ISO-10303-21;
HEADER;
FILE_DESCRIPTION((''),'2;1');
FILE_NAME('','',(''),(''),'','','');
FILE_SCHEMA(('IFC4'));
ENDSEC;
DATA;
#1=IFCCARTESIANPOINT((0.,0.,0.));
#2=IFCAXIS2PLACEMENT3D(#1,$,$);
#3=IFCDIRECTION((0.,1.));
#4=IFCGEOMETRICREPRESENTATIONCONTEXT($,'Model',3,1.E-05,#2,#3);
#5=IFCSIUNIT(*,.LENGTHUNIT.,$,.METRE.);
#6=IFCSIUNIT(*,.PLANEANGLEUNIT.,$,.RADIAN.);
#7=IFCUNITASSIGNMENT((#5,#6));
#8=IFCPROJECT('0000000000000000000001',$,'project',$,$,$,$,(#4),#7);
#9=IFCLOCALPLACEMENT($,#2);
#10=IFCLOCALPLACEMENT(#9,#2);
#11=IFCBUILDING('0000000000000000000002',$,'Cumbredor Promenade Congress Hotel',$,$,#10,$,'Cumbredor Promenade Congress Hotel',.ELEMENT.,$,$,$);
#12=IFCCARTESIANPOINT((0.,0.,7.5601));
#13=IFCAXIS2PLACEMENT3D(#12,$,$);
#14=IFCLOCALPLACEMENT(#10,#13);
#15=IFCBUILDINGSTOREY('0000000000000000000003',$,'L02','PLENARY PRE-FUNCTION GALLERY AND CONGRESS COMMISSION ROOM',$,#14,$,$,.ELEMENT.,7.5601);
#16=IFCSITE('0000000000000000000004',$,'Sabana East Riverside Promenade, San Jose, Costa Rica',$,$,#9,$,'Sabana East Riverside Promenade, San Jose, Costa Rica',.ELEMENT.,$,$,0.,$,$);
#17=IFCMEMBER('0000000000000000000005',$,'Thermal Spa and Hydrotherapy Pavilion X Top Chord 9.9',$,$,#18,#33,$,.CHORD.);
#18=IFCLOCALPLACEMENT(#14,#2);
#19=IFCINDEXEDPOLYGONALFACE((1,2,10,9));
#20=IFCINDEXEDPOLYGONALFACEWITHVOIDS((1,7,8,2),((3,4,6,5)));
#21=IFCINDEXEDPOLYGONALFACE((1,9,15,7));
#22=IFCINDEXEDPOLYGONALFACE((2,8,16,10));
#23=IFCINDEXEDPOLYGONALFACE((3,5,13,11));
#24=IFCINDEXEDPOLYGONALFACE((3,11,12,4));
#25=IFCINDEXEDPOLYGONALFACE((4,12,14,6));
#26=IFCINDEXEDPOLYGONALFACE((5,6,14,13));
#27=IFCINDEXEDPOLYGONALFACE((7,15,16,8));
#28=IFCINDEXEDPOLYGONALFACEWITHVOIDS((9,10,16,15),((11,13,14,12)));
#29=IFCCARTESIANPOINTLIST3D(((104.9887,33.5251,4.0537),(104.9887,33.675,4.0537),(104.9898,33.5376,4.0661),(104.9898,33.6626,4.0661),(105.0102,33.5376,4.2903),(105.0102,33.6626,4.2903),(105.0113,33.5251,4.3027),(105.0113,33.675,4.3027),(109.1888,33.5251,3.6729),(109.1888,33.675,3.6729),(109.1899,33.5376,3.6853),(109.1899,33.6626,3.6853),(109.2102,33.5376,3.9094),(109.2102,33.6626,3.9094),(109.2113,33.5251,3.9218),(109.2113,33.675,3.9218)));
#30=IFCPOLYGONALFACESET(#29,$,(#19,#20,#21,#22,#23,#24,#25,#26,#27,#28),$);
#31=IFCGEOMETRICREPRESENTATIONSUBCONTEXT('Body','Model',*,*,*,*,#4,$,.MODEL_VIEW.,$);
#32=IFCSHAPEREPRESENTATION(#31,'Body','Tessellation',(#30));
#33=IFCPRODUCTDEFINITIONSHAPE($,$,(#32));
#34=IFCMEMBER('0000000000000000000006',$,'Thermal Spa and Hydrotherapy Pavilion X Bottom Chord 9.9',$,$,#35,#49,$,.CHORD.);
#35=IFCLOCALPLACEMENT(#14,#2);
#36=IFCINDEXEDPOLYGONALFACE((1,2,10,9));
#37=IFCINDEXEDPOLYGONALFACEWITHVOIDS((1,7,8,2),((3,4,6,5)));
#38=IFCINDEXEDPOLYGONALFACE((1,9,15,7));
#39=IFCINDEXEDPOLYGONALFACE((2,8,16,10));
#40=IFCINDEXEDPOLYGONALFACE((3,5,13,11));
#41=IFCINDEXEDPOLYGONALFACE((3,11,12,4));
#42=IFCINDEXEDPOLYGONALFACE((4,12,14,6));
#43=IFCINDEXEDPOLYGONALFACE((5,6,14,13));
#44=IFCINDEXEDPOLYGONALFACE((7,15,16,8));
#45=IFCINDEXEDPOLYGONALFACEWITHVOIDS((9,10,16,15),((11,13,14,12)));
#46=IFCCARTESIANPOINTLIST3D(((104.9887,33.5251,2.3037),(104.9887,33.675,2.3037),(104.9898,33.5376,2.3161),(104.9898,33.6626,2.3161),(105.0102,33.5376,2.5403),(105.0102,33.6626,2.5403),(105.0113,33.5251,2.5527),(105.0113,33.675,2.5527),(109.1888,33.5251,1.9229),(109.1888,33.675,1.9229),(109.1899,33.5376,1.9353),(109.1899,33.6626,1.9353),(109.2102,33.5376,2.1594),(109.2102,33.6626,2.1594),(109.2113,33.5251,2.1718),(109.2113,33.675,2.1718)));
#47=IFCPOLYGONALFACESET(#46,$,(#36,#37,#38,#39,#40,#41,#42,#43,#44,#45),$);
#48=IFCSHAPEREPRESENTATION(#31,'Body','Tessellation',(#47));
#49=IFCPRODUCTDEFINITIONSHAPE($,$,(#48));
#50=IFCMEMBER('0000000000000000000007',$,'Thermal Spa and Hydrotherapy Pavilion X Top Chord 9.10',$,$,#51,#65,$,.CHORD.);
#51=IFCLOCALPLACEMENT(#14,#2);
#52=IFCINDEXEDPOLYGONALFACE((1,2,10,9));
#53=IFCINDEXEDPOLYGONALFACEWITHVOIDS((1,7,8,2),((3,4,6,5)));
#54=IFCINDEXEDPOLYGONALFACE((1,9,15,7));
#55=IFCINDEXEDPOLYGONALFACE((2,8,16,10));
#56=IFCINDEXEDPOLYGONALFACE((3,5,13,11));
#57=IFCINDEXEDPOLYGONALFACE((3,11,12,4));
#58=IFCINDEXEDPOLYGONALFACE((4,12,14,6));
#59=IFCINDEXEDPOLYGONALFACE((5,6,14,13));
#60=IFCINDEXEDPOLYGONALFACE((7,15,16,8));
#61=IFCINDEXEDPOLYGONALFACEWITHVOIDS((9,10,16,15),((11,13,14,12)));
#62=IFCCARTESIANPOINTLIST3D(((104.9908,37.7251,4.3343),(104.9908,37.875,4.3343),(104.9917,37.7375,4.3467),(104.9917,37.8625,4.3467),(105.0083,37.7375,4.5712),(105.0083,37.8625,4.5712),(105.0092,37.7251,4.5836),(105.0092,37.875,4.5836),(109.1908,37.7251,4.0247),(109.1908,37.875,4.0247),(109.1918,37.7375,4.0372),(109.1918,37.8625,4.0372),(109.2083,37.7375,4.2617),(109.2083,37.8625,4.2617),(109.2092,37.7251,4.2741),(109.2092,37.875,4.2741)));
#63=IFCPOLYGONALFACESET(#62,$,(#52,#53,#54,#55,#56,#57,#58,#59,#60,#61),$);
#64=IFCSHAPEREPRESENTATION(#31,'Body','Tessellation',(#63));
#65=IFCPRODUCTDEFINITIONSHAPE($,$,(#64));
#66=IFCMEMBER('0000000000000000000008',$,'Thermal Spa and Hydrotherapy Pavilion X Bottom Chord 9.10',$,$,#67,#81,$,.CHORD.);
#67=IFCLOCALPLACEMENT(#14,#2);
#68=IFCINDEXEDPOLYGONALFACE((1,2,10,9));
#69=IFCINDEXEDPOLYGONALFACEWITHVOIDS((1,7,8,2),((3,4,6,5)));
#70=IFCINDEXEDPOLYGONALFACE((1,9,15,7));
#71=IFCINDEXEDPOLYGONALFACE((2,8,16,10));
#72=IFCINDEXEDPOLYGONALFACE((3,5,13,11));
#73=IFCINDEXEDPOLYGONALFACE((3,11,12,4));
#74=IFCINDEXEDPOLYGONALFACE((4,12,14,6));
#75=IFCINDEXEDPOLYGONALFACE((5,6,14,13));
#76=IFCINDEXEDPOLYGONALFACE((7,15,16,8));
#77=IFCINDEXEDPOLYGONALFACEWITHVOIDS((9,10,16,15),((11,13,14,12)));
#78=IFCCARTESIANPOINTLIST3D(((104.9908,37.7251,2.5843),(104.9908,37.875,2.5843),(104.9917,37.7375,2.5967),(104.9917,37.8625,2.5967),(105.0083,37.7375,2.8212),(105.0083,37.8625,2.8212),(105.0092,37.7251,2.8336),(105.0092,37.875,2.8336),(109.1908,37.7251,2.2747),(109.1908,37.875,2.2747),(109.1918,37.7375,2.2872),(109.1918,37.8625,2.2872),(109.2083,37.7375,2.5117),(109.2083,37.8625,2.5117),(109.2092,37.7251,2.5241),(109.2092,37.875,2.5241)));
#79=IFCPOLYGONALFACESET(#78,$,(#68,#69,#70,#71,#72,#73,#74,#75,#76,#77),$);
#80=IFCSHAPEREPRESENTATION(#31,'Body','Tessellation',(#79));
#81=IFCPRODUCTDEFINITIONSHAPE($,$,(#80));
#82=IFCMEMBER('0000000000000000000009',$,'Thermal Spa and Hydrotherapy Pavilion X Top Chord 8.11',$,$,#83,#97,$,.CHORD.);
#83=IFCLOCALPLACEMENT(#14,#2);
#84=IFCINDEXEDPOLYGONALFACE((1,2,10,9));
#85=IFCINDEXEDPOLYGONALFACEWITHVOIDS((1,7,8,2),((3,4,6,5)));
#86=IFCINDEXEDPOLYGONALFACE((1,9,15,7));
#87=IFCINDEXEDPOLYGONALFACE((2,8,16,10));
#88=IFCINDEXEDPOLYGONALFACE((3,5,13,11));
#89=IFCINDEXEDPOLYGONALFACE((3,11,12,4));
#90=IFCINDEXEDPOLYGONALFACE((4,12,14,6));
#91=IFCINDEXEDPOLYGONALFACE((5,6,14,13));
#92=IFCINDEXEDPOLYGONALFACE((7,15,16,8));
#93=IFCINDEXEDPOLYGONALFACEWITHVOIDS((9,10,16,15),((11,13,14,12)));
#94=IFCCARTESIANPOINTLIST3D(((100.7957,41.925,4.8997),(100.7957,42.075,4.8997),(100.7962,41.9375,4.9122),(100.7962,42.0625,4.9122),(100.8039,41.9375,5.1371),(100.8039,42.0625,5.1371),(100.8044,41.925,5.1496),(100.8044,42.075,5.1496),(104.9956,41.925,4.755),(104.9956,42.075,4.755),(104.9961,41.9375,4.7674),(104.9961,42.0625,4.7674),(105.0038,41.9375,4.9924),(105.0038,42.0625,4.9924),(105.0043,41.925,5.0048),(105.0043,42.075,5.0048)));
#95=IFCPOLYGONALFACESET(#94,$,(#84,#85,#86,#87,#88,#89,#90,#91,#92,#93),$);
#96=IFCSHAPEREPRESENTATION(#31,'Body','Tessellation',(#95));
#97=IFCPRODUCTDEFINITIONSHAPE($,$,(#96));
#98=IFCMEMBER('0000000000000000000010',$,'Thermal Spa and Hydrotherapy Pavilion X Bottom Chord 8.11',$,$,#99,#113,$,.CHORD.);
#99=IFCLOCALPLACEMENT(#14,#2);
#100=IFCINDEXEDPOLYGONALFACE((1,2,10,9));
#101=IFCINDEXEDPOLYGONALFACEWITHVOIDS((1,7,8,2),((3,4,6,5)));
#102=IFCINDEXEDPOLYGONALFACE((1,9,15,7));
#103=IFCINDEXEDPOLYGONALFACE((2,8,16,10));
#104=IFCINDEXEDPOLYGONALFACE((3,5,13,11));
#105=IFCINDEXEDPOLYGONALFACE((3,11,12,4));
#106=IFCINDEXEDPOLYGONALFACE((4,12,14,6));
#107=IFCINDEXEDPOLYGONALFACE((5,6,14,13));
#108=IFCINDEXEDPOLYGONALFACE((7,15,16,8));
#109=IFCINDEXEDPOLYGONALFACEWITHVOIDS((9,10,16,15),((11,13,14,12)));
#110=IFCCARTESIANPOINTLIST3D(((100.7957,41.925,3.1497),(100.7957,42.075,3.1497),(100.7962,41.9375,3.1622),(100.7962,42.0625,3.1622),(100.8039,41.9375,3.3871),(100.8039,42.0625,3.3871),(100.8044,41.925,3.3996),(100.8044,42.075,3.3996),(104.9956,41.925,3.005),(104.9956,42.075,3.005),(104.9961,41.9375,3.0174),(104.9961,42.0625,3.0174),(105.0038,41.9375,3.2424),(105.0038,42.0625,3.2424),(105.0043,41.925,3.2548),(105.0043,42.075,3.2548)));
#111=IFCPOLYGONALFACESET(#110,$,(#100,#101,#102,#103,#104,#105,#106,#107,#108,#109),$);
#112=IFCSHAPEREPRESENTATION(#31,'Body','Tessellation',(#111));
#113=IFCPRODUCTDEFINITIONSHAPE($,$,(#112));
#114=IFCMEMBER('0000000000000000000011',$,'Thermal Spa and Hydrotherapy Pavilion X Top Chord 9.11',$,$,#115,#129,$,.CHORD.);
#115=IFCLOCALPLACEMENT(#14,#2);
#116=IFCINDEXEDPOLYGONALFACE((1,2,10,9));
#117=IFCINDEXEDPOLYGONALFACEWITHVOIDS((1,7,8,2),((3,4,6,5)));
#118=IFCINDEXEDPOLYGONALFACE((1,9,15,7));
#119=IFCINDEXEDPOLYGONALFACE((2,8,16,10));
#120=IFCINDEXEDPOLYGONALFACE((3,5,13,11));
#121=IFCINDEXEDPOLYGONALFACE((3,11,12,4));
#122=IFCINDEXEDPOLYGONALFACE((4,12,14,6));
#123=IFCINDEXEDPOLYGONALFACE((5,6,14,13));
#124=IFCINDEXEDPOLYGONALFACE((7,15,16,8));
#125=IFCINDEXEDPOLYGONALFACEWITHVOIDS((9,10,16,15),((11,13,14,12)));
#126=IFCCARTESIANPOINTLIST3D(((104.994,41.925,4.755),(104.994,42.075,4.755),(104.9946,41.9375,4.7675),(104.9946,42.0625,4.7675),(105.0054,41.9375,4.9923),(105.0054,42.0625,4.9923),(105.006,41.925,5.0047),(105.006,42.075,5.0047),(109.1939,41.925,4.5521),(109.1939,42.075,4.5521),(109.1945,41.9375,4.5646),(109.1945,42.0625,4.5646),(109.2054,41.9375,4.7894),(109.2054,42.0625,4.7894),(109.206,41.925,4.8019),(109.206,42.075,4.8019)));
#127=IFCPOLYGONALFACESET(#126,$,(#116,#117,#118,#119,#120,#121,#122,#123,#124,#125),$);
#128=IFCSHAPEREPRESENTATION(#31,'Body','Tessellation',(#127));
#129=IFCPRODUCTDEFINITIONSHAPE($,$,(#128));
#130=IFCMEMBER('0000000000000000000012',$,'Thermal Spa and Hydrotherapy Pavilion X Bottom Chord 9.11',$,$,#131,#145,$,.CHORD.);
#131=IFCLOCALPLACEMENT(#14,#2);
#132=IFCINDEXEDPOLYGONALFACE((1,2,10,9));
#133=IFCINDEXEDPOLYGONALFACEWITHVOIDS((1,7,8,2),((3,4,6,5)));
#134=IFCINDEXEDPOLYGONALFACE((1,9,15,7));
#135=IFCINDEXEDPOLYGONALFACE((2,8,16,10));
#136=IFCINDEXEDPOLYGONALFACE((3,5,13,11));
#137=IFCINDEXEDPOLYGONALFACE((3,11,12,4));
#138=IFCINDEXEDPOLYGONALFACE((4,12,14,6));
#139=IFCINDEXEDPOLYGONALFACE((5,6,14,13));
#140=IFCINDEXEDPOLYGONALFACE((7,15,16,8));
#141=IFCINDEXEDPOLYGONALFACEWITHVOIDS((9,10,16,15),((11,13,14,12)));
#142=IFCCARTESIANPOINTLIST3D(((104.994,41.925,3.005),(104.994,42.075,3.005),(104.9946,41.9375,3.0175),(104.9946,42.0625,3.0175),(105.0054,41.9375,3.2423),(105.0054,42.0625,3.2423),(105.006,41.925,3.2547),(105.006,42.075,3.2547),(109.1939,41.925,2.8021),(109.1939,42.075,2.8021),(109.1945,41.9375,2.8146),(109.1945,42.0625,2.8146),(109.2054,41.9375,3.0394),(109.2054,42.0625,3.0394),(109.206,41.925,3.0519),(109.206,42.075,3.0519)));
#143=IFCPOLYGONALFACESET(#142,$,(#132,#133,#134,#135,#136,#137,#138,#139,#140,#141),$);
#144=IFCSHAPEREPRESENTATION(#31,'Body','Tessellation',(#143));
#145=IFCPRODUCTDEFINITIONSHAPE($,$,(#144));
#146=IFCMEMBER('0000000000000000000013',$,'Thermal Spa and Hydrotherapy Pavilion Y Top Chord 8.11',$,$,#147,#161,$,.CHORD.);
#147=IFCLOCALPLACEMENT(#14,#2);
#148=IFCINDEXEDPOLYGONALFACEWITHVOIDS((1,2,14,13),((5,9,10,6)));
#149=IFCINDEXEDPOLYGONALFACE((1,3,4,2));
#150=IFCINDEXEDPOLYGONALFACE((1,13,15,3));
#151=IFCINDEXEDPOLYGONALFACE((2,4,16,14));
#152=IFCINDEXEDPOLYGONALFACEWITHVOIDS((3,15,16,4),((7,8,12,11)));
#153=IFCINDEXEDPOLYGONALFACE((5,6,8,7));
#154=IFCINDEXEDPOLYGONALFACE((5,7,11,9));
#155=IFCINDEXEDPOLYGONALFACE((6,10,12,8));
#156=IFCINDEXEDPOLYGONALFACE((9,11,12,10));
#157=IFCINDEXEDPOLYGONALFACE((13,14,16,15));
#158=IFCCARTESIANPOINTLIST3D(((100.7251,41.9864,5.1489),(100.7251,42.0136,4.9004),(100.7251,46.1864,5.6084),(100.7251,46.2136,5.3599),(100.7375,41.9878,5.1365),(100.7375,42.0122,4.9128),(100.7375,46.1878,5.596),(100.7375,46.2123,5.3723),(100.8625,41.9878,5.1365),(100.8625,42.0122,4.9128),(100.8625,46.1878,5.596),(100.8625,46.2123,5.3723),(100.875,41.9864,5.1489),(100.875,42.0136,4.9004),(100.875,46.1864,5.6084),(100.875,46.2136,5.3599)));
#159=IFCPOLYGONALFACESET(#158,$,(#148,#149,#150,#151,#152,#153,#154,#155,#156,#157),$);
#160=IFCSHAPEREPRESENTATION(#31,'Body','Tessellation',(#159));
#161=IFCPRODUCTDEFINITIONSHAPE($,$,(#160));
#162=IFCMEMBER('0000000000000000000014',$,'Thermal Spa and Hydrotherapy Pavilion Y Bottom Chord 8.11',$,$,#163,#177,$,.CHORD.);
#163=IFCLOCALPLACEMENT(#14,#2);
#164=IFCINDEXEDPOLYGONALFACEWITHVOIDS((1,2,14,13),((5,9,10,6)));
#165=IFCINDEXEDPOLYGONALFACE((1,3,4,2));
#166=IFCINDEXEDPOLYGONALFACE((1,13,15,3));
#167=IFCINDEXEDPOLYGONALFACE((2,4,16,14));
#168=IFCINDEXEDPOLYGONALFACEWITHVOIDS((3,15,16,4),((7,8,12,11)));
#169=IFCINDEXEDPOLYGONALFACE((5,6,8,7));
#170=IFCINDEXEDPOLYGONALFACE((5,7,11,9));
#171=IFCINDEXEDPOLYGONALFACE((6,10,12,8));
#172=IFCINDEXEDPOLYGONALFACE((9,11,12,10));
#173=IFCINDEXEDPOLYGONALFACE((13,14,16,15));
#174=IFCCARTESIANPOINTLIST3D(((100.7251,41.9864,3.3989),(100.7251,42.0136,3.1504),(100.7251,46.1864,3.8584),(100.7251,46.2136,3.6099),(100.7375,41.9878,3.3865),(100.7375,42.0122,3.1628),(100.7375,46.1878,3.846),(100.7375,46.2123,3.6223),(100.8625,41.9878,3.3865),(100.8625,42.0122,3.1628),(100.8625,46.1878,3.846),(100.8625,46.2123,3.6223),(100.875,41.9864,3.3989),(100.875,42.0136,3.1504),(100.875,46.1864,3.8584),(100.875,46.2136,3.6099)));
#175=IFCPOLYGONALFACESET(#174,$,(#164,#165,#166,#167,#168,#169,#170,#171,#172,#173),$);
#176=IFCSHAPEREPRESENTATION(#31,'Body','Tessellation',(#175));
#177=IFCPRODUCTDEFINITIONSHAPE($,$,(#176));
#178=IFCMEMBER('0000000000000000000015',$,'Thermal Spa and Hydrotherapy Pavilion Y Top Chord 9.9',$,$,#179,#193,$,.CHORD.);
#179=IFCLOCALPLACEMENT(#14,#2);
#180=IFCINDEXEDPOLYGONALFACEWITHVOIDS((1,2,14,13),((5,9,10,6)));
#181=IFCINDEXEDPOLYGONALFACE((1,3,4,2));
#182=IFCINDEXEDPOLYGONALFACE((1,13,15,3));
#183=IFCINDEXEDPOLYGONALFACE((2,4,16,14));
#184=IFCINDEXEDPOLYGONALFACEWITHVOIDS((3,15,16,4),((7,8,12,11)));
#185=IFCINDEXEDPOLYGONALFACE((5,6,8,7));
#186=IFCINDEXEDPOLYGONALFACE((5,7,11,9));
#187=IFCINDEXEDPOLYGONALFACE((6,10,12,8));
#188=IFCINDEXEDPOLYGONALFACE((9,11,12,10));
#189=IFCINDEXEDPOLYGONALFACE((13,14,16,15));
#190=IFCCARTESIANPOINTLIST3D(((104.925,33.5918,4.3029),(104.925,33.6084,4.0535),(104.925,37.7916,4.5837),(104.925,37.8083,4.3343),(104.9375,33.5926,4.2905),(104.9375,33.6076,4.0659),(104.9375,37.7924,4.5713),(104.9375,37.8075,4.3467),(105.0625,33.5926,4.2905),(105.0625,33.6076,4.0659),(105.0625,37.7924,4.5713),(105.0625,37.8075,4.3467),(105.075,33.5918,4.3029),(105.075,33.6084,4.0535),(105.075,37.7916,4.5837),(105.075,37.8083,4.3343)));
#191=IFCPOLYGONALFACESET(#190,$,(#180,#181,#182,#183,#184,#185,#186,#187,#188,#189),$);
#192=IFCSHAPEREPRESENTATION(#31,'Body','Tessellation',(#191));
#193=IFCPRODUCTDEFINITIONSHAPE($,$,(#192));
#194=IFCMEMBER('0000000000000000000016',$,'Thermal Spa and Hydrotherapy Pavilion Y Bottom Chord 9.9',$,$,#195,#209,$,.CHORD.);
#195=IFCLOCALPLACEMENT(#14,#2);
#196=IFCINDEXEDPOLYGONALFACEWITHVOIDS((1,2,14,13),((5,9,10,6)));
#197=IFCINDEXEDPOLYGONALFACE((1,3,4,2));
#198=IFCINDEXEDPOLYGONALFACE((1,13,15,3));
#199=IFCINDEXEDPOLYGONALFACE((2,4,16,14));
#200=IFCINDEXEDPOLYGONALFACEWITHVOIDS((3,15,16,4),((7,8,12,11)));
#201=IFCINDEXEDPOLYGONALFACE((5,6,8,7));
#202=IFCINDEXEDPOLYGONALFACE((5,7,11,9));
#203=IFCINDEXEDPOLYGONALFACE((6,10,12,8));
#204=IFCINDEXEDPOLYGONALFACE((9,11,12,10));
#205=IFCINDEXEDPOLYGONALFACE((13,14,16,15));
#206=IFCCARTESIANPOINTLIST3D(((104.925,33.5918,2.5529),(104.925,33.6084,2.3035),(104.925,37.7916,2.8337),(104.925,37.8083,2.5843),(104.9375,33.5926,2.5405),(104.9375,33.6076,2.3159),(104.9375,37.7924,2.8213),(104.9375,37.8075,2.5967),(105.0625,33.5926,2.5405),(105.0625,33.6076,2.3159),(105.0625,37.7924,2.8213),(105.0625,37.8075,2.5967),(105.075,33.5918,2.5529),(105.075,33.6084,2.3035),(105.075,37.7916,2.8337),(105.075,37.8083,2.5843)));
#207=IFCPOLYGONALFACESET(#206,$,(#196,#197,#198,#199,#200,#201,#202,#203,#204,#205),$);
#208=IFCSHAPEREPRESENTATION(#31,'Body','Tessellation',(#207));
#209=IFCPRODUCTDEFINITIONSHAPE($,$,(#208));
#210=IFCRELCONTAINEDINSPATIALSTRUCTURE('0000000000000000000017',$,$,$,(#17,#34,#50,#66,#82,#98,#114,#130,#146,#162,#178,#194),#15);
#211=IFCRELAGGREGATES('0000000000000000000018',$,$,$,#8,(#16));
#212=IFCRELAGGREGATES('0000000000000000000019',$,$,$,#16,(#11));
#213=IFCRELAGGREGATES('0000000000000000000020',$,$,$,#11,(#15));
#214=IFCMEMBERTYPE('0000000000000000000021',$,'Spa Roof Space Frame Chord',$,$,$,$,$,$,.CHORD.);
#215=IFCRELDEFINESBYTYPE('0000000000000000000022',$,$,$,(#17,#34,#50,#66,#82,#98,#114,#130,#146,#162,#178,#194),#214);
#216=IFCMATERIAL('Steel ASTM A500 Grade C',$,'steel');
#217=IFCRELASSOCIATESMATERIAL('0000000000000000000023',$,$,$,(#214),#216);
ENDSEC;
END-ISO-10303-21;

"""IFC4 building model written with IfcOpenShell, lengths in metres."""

from ifc_helpers import new_model, si_unit, direction, frame, origin, origin_2d, place, context, subcontext, project, spatial, hollow_rectangle, extrude, material, material_profile, profile_set, type_object, element, save


model = new_model("IFC4")

# Units and contexts
model_context = context("Model", 3, precision=1e-05, world=origin(), true_north=direction((0.0, 1.0)))
body_context = subcontext(model_context, "Body", "Model", "MODEL_VIEW")
ifc_project = project(units=[si_unit("LENGTHUNIT", "METRE"), si_unit("PLANEANGLEUNIT", "RADIAN")], contexts=[model_context])

# Site, building, storey
site_placement = place(None, origin())
site = spatial("IfcSite", under=ifc_project, at=site_placement, Name="Sabana East Riverside Promenade, San Jose, Costa Rica", LongName="Sabana East Riverside Promenade, San Jose, Costa Rica", CompositionType="ELEMENT", RefElevation=0.0)
building_placement = place(site_placement, origin())
building = spatial("IfcBuilding", under=site, at=building_placement, Name="Cumbredor Promenade Congress Hotel", LongName="Cumbredor Promenade Congress Hotel", CompositionType="ELEMENT")
storey_placement = place(building_placement, frame((0.0, 0.0, 7.5601)))
storey = spatial("IfcBuildingStorey", under=building, at=storey_placement, Name="L02", Description="PLENARY PRE-FUNCTION GALLERY AND CONGRESS COMMISSION ROOM", CompositionType="ELEMENT", Elevation=7.5601)

# Members
ifc_material_1 = material(Name="Steel ASTM A500 Grade C", Category="steel")
ifc_material_profile_1 = material_profile(ifc_material_1, hollow_rectangle(XDim=0.1499, YDim=0.25, WallThickness=0.0125, at=origin_2d()), Name="HSS 250x150x12.5")
ifc_profile_set_1 = profile_set([ifc_material_profile_1], Name="Steel ASTM A500 Grade C")
member_type_1 = type_object("IfcMemberType", Name="Spa Roof Space Frame Chord", PredefinedType="CHORD", material=ifc_profile_set_1)
for number, where, z_axis, x_axis, name in (
    (1, (105.0, 33.6001, 4.1782), (0.995914, 0.0, -0.090311), (0.0, 1.0, 0.0), "Thermal Spa and Hydrotherapy Pavilion X Top Chord 9.9"),
    (2, (105.0, 33.6001, 2.4282), (0.995914, 0.0, -0.090311), (0.0, 1.0, 0.0), "Thermal Spa and Hydrotherapy Pavilion X Bottom Chord 9.9"),
):
    element("IfcMember", number, at=place(storey_placement, frame(where, z_axis=z_axis, x_axis=x_axis)), inside=storey, type_object=member_type_1, Name=name, PredefinedType="CHORD", context=body_context, shape_type="SweptSolid", body=[
        extrude(hollow_rectangle(XDim=0.1499, YDim=0.25, WallThickness=0.0125, at=origin_2d()), origin(), (0.0, 0.0, 1.0), 4.2173),
    ])
for number, where, z_axis, x_axis, name in (
    (3, (105.0, 37.8, 4.459), (0.997295, 0.0, -0.073509), (0.0, 1.0, 0.0), "Thermal Spa and Hydrotherapy Pavilion X Top Chord 9.10"),
    (4, (105.0, 37.8, 2.709), (0.997295, 0.0, -0.073509), (0.0, 1.0, 0.0), "Thermal Spa and Hydrotherapy Pavilion X Bottom Chord 9.10"),
):
    element("IfcMember", number, at=place(storey_placement, frame(where, z_axis=z_axis, x_axis=x_axis)), inside=storey, type_object=member_type_1, Name=name, PredefinedType="CHORD", context=body_context, shape_type="SweptSolid", body=[
        extrude(hollow_rectangle(XDim=0.1499, YDim=0.25, WallThickness=0.0125, at=origin_2d()), origin(), (0.0, 0.0, 1.0), 4.2114),
    ])
for number, where, z_axis, x_axis, name in (
    (5, (100.8, 42.0, 5.0247), (0.999406, 0.0, -0.03445), (0.0, 1.0, 0.0), "Thermal Spa and Hydrotherapy Pavilion X Top Chord 8.11"),
    (6, (100.8, 42.0, 3.2747), (0.999406, 0.0, -0.03445), (0.0, 1.0, 0.0), "Thermal Spa and Hydrotherapy Pavilion X Bottom Chord 8.11"),
):
    element("IfcMember", number, at=place(storey_placement, frame(where, z_axis=z_axis, x_axis=x_axis)), inside=storey, type_object=member_type_1, Name=name, PredefinedType="CHORD", context=body_context, shape_type="SweptSolid", body=[
        extrude(hollow_rectangle(XDim=0.1499, YDim=0.25, WallThickness=0.0125, at=origin_2d()), origin(), (0.0, 0.0, 1.0), 4.2024),
    ])
for number, where, z_axis, x_axis, name in (
    (7, (105.0, 42.0, 4.8799), (0.998835, 0.0, -0.048249), (0.0, 1.0, 0.0), "Thermal Spa and Hydrotherapy Pavilion X Top Chord 9.11"),
    (8, (105.0, 42.0, 3.1299), (0.998835, 0.0, -0.048249), (0.0, 1.0, 0.0), "Thermal Spa and Hydrotherapy Pavilion X Bottom Chord 9.11"),
):
    element("IfcMember", number, at=place(storey_placement, frame(where, z_axis=z_axis, x_axis=x_axis)), inside=storey, type_object=member_type_1, Name=name, PredefinedType="CHORD", context=body_context, shape_type="SweptSolid", body=[
        extrude(hollow_rectangle(XDim=0.1499, YDim=0.25, WallThickness=0.0125, at=origin_2d()), origin(), (0.0, 0.0, 1.0), 4.2048),
    ])
for number, where, z_axis, x_axis, name in (
    (9, (100.8, 42.0, 5.0247), (0.0, 0.994069, 0.108751), (-1.0, 0.0, 0.0), "Thermal Spa and Hydrotherapy Pavilion Y Top Chord 8.11"),
    (10, (100.8, 42.0, 3.2747), (0.0, 0.994069, 0.108751), (-1.0, 0.0, 0.0), "Thermal Spa and Hydrotherapy Pavilion Y Bottom Chord 8.11"),
):
    element("IfcMember", number, at=place(storey_placement, frame(where, z_axis=z_axis, x_axis=x_axis)), inside=storey, type_object=member_type_1, Name=name, PredefinedType="CHORD", context=body_context, shape_type="SweptSolid", body=[
        extrude(hollow_rectangle(XDim=0.1499, YDim=0.25, WallThickness=0.0125, at=origin_2d()), origin(), (0.0, 0.0, 1.0), 4.2251),
    ])
for number, where, z_axis, x_axis, name in (
    (11, (105.0, 33.6001, 4.1782), (0.0, 0.997773, 0.0667), (-1.0, 0.0, 0.0), "Thermal Spa and Hydrotherapy Pavilion Y Top Chord 9.9"),
    (12, (105.0, 33.6001, 2.4282), (0.0, 0.997773, 0.0667), (-1.0, 0.0, 0.0), "Thermal Spa and Hydrotherapy Pavilion Y Bottom Chord 9.9"),
):
    element("IfcMember", number, at=place(storey_placement, frame(where, z_axis=z_axis, x_axis=x_axis)), inside=storey, type_object=member_type_1, Name=name, PredefinedType="CHORD", context=body_context, shape_type="SweptSolid", body=[
        extrude(hollow_rectangle(XDim=0.1499, YDim=0.25, WallThickness=0.0125, at=origin_2d()), origin(), (0.0, 0.0, 1.0), 4.2092),
    ])

save(model, "model.ifc")
